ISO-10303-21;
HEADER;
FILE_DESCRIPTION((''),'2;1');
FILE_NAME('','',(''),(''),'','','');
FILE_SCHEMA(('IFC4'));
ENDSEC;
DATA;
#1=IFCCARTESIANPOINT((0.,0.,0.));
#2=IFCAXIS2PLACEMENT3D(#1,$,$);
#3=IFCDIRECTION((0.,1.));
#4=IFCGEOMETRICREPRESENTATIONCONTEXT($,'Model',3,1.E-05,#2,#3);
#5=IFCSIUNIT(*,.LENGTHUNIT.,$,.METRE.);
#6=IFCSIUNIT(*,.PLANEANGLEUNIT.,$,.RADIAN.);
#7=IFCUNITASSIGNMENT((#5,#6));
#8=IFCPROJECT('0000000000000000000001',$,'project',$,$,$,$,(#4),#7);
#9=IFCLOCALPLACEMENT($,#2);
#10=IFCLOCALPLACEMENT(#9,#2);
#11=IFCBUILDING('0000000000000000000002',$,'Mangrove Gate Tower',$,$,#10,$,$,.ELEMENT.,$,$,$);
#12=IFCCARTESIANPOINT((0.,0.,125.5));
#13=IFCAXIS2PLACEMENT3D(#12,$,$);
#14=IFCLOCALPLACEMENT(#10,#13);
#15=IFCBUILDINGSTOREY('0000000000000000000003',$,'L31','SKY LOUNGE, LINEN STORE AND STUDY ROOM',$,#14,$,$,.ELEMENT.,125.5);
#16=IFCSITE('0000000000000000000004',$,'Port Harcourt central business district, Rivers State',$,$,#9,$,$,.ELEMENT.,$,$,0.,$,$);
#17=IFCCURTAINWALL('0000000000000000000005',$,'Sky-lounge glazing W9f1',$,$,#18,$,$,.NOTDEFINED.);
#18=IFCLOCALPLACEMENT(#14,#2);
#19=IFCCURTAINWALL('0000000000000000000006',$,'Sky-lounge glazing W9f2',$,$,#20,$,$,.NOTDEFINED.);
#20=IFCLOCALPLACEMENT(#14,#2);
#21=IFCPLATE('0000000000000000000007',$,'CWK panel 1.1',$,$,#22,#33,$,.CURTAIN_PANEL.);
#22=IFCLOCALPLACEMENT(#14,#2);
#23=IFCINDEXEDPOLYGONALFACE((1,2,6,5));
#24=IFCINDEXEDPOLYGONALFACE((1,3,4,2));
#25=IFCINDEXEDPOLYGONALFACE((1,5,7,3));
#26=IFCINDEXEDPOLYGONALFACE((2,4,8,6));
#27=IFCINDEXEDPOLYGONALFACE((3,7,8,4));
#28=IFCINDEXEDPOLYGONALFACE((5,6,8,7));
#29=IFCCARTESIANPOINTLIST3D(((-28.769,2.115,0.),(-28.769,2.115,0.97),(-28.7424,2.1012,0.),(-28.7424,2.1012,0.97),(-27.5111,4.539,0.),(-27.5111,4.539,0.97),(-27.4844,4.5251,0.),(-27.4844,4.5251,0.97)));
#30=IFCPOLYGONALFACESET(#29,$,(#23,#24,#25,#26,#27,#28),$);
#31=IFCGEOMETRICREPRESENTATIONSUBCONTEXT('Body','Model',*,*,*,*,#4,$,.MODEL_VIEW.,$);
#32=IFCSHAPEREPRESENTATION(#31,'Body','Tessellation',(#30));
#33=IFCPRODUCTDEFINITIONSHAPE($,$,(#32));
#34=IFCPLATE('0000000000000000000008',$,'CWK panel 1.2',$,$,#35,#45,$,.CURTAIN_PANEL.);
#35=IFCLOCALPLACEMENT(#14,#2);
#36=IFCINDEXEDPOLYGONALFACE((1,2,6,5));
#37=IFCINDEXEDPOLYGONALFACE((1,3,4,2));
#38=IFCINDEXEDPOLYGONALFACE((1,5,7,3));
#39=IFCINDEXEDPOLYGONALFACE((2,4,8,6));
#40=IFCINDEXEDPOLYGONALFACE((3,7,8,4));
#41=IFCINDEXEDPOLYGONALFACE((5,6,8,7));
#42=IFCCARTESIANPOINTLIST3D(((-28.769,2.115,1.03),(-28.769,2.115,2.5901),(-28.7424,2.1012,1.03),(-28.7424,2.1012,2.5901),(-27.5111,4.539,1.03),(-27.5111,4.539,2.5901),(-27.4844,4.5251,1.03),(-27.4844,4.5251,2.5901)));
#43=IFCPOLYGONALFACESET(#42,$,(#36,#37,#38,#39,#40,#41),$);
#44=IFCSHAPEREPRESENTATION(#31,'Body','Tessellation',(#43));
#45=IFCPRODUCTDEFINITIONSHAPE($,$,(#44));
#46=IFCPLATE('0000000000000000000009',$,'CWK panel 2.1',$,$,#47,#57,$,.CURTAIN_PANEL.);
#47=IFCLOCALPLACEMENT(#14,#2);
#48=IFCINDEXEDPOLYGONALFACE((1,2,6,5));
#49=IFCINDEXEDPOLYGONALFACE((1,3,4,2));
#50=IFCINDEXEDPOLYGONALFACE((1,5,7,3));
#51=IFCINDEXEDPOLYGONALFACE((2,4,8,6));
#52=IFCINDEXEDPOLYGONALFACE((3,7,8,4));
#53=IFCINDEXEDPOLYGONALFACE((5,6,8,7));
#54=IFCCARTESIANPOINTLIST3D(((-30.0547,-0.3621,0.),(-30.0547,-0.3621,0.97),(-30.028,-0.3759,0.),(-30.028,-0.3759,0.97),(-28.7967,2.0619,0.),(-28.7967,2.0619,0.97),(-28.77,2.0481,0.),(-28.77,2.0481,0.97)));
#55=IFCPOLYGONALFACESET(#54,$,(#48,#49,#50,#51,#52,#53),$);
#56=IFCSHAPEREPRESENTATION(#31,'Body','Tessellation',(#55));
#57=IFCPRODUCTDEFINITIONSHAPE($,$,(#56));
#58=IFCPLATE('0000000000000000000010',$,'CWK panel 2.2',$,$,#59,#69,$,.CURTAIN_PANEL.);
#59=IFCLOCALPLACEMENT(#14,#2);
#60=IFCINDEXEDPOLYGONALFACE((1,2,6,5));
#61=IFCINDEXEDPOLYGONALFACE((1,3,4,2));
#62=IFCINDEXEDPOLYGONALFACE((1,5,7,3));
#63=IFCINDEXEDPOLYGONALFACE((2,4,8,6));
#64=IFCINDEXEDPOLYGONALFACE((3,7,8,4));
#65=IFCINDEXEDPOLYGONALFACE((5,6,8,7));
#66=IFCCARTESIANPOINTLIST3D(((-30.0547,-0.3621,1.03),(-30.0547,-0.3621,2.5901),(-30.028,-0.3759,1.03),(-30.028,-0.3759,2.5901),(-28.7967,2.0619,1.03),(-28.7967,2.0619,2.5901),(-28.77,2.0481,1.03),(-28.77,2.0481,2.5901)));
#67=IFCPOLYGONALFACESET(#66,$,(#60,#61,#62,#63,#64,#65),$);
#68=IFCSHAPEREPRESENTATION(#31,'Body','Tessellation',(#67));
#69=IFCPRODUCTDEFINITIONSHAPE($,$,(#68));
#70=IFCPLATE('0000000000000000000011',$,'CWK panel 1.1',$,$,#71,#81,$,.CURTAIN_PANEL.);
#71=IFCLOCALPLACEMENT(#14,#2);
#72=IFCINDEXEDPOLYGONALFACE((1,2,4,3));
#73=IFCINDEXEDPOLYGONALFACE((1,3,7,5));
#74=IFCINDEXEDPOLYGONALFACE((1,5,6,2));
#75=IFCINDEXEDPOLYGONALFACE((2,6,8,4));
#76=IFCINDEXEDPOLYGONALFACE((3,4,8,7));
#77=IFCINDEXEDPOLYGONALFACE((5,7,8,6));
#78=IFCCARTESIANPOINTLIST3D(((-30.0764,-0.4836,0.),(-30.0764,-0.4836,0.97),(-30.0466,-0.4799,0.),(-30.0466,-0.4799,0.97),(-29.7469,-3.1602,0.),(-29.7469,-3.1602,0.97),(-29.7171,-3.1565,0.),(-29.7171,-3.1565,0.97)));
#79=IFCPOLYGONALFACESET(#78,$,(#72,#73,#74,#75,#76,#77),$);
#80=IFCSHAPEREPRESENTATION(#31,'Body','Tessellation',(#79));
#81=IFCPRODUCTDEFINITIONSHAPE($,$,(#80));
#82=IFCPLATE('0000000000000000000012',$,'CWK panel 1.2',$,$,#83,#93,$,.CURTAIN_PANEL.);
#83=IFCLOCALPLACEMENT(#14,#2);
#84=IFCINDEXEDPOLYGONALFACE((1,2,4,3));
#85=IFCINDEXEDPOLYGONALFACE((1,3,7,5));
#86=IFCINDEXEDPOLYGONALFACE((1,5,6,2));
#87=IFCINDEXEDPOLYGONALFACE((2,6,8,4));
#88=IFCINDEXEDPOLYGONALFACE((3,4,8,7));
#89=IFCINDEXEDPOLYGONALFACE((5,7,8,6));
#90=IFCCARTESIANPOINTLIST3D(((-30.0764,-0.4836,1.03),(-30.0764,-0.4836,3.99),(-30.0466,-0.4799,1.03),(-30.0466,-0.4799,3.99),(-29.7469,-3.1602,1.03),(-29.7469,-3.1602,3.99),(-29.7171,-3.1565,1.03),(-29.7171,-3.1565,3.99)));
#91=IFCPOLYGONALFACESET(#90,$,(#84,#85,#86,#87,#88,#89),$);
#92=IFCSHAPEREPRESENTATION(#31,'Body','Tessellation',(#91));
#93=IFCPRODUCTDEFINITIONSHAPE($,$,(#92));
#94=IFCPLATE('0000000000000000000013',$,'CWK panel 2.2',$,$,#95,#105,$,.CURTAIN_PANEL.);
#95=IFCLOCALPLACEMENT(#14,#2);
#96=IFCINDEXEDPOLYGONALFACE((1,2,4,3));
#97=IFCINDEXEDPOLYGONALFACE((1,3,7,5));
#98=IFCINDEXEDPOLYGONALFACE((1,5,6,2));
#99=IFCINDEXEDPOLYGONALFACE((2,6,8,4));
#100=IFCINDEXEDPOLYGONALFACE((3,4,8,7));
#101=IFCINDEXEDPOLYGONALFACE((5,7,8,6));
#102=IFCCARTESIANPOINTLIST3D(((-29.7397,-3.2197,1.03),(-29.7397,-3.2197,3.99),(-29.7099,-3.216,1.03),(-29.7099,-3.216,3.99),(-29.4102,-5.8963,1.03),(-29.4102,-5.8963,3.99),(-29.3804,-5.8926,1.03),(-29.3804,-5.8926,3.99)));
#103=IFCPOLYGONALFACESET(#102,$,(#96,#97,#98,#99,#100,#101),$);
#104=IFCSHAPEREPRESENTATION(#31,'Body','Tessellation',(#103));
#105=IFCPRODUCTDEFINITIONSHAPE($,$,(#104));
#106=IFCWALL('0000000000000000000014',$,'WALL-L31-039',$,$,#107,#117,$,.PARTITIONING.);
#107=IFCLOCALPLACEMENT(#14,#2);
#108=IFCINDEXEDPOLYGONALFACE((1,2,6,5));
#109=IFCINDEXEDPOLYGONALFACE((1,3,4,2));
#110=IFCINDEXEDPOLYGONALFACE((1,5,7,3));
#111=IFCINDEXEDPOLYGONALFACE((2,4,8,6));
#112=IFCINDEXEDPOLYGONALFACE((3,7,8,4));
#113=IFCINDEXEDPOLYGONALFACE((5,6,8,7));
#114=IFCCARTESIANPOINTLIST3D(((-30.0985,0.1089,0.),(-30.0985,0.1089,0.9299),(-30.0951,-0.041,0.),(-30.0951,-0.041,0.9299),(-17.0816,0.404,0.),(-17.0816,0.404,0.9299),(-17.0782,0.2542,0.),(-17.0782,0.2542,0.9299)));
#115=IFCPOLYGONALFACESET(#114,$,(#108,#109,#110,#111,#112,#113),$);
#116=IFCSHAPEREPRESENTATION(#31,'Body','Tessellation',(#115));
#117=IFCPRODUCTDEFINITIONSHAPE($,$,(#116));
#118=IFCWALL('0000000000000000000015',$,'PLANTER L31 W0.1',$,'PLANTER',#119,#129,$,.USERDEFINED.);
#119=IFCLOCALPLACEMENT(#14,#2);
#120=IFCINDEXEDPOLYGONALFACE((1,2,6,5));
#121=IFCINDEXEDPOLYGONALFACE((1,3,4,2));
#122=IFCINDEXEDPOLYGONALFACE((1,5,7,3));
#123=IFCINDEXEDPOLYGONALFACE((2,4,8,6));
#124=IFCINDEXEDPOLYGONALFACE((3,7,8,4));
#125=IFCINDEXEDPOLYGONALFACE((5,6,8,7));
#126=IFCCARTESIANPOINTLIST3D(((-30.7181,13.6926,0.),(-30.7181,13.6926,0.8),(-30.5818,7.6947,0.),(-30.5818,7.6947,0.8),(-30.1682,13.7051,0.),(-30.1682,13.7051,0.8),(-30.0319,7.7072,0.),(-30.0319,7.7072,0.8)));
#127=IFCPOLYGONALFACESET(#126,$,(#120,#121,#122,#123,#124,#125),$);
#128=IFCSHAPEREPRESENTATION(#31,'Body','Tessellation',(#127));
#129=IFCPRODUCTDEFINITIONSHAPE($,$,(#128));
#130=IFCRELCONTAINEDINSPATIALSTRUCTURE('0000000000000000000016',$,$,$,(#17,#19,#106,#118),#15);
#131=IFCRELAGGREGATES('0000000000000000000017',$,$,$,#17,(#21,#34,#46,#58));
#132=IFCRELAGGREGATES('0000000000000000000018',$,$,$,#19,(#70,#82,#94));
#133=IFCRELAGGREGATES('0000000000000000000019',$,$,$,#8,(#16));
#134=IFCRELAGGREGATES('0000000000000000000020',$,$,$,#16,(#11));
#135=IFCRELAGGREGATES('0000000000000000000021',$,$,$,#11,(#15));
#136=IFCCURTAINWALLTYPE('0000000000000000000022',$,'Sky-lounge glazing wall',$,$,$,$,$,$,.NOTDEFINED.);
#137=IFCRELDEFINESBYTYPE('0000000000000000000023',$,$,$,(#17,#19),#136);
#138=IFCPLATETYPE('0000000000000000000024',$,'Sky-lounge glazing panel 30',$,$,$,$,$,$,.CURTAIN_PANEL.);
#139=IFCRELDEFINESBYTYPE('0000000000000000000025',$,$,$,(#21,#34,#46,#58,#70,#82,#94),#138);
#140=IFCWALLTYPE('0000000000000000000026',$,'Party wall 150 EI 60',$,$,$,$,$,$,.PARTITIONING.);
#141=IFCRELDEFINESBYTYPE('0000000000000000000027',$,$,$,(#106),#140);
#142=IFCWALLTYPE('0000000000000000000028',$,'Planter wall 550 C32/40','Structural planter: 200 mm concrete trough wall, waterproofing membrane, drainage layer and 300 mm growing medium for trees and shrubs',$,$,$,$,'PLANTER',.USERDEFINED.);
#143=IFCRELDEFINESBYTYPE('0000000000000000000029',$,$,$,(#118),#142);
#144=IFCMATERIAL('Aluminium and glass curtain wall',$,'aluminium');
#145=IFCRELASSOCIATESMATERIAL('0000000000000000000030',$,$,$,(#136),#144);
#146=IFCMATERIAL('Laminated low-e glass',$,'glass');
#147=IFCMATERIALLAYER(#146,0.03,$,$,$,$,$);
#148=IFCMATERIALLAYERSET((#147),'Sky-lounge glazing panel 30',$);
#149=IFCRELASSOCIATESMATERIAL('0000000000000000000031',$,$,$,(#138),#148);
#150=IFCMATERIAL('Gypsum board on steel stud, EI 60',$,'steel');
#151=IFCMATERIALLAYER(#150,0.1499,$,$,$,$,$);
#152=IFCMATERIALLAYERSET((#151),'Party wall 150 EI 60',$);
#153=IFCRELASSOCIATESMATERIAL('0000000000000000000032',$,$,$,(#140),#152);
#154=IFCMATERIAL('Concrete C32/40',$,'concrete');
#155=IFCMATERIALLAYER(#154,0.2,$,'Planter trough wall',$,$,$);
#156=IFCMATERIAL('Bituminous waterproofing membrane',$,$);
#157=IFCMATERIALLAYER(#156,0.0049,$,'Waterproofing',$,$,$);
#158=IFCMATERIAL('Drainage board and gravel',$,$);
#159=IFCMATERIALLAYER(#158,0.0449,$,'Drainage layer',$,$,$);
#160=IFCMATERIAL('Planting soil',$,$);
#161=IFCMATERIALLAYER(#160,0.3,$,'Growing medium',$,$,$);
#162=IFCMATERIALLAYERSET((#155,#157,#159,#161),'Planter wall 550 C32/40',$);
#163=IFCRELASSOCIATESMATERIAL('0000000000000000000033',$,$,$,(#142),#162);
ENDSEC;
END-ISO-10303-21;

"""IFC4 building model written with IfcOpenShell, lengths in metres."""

from ifc_helpers import new_model, si_unit, direction, frame, frame_2d, origin, origin_2d, place, context, subcontext, project, spatial, rectangle, extrude, material, layer, layer_set, type_object, element, aggregate, save


model = new_model("IFC4")

# Units and contexts
model_context = context("Model", 3, precision=1e-05, world=origin(), true_north=direction((0.0, 1.0)))
body_context = subcontext(model_context, "Body", "Model", "MODEL_VIEW")
ifc_project = project(units=[si_unit("LENGTHUNIT", "METRE"), si_unit("PLANEANGLEUNIT", "RADIAN")], contexts=[model_context])

# Site, building, storey
site_placement = place(None, origin())
site = spatial("IfcSite", under=ifc_project, at=site_placement, Name="Port Harcourt central business district, Rivers State", CompositionType="ELEMENT", RefElevation=0.0)
building_placement = place(site_placement, origin())
building = spatial("IfcBuilding", under=site, at=building_placement, Name="Mangrove Gate Tower", CompositionType="ELEMENT")
storey_placement = place(building_placement, frame((0.0, 0.0, 125.5)))
storey = spatial("IfcBuildingStorey", under=building, at=storey_placement, Name="L31", Description="SKY LOUNGE, LINEN STORE AND STUDY ROOM", CompositionType="ELEMENT", Elevation=125.5)

# Curtain walls
ifc_material_1 = material(Name="Aluminium and glass curtain wall", Category="aluminium")
curtain_wall_type = type_object("IfcCurtainWallType", Name="Sky-lounge glazing wall", PredefinedType="NOTDEFINED", material=ifc_material_1)
curtain_wall_1_placement = place(storey_placement, origin())
curtain_wall_1 = element("IfcCurtainWall", 1, at=curtain_wall_1_placement, inside=storey, type_object=curtain_wall_type, Name="Sky-lounge glazing W9f1", PredefinedType="NOTDEFINED")
curtain_wall_2_placement = place(storey_placement, origin())
curtain_wall_2 = element("IfcCurtainWall", 2, at=curtain_wall_2_placement, inside=storey, type_object=curtain_wall_type, Name="Sky-lounge glazing W9f2", PredefinedType="NOTDEFINED")

# Plates
ifc_material_2 = material(Name="Laminated low-e glass", Category="glass")
ifc_layer_1 = layer(ifc_material_2, 0.03)
ifc_layer_set_1 = layer_set([ifc_layer_1], Name="Sky-lounge glazing panel 30")
plate_type = type_object("IfcPlateType", Name="Sky-lounge glazing panel 30", PredefinedType="CURTAIN_PANEL", material=ifc_layer_set_1)
plate_1_placement = place(storey_placement, frame((-28.1267, 3.3201, 0.0), z_axis=(0.0, 0.0, 1.0), x_axis=(-0.460628, -0.887593, 0.0)))
plate_1 = element("IfcPlate", 3, at=plate_1_placement, type_object=plate_type, Name="CWK panel 1.1", PredefinedType="CURTAIN_PANEL", context=body_context, shape_type="SweptSolid", body=[
    extrude(rectangle(XDim=2.731, YDim=0.03, at=origin_2d()), origin(), (0.0, 0.0, 1.0), 0.97),
])
plate_2_placement = place(storey_placement, frame((-28.1267, 3.3201, 1.03), z_axis=(0.0, 0.0, 1.0), x_axis=(-0.460628, -0.887593, 0.0)))
plate_2 = element("IfcPlate", 4, at=plate_2_placement, type_object=plate_type, Name="CWK panel 1.2", PredefinedType="CURTAIN_PANEL", context=body_context, shape_type="SweptSolid", body=[
    extrude(rectangle(XDim=2.731, YDim=0.03, at=origin_2d()), origin(), (0.0, 0.0, 1.0), 1.5601),
])
plate_3_placement = place(storey_placement, frame((-29.4124, 0.843, 0.0), z_axis=(0.0, 0.0, 1.0), x_axis=(-0.460628, -0.887593, 0.0)))
plate_3 = element("IfcPlate", 5, at=plate_3_placement, type_object=plate_type, Name="CWK panel 2.1", PredefinedType="CURTAIN_PANEL", context=body_context, shape_type="SweptSolid", body=[
    extrude(rectangle(XDim=2.731, YDim=0.03, at=origin_2d()), origin(), (0.0, 0.0, 1.0), 0.97),
])
plate_4_placement = place(storey_placement, frame((-29.4124, 0.843, 1.03), z_axis=(0.0, 0.0, 1.0), x_axis=(-0.460628, -0.887593, 0.0)))
plate_4 = element("IfcPlate", 6, at=plate_4_placement, type_object=plate_type, Name="CWK panel 2.2", PredefinedType="CURTAIN_PANEL", context=body_context, shape_type="SweptSolid", body=[
    extrude(rectangle(XDim=2.731, YDim=0.03, at=origin_2d()), origin(), (0.0, 0.0, 1.0), 1.5601),
])
aggregate(curtain_wall_1, [plate_1, plate_2, plate_3, plate_4])
plate_5_placement = place(storey_placement, frame((-29.8967, -1.8201, 0.0), z_axis=(0.0, 0.0, 1.0), x_axis=(0.122172, -0.992509, 0.0)))
plate_5 = element("IfcPlate", 7, at=plate_5_placement, type_object=plate_type, Name="CWK panel 1.1", PredefinedType="CURTAIN_PANEL", context=body_context, shape_type="SweptSolid", body=[
    extrude(rectangle(XDim=2.6968, YDim=0.03, at=origin_2d()), origin(), (0.0, 0.0, 1.0), 0.97),
])
plate_6_placement = place(storey_placement, frame((-29.8967, -1.8201, 1.03), z_axis=(0.0, 0.0, 1.0), x_axis=(0.122172, -0.992509, 0.0)))
plate_6 = element("IfcPlate", 8, at=plate_6_placement, type_object=plate_type, Name="CWK panel 1.2", PredefinedType="CURTAIN_PANEL", context=body_context, shape_type="SweptSolid", body=[
    extrude(rectangle(XDim=2.6968, YDim=0.03, at=origin_2d()), origin(), (0.0, 0.0, 1.0), 2.96),
])
plate_7_placement = place(storey_placement, frame((-29.5601, -4.5562, 1.03), z_axis=(0.0, 0.0, 1.0), x_axis=(0.122172, -0.992509, 0.0)))
plate_7 = element("IfcPlate", 9, at=plate_7_placement, type_object=plate_type, Name="CWK panel 2.2", PredefinedType="CURTAIN_PANEL", context=body_context, shape_type="SweptSolid", body=[
    extrude(rectangle(XDim=2.6968, YDim=0.03, at=origin_2d()), origin(), (0.0, 0.0, 1.0), 2.96),
])
aggregate(curtain_wall_2, [plate_5, plate_6, plate_7])

# Walls
ifc_material_3 = material(Name="Gypsum board on steel stud, EI 60", Category="steel")
ifc_layer_2 = layer(ifc_material_3, 0.1499)
ifc_layer_set_2 = layer_set([ifc_layer_2], Name="Party wall 150 EI 60")
wall_type_1 = type_object("IfcWallType", Name="Party wall 150 EI 60", PredefinedType="PARTITIONING", material=ifc_layer_set_2)
wall_1_placement = place(storey_placement, frame((-30.0969, 0.0339, 0.0), z_axis=(0.0, 0.0, 1.0), x_axis=(0.999743, 0.02267, 0.0)))
element("IfcWall", 10, at=wall_1_placement, inside=storey, type_object=wall_type_1, Name="WALL-L31-039", PredefinedType="PARTITIONING", context=body_context, shape_type="SweptSolid", body=[
    extrude(rectangle(XDim=13.0203, YDim=0.1499, at=frame_2d((6.5103, 0.0))), origin(), (0.0, 0.0, 1.0), 0.9299),
])
ifc_material_4 = material(Name="Concrete C32/40", Category="concrete")
ifc_layer_3 = layer(ifc_material_4, 0.2, Name="Planter trough wall")
ifc_material_5 = material(Name="Bituminous waterproofing membrane")
ifc_layer_4 = layer(ifc_material_5, 0.0049, Name="Waterproofing")
ifc_material_6 = material(Name="Drainage board and gravel")
ifc_layer_5 = layer(ifc_material_6, 0.0449, Name="Drainage layer")
ifc_material_7 = material(Name="Planting soil")
ifc_layer_6 = layer(ifc_material_7, 0.3, Name="Growing medium")
ifc_layer_set_3 = layer_set([ifc_layer_3, ifc_layer_4, ifc_layer_5, ifc_layer_6], Name="Planter wall 550 C32/40")
wall_type_2 = type_object("IfcWallType", Name="Planter wall 550 C32/40", Description="Structural planter: 200 mm concrete trough wall, waterproofing membrane, drainage layer and 300 mm growing medium for trees and shrubs", ElementType="PLANTER", PredefinedType="USERDEFINED", material=ifc_layer_set_3)
wall_2_placement = place(storey_placement, frame((-30.3069, 7.7009, 0.0), z_axis=(0.0, 0.0, 1.0), x_axis=(-0.022707, 0.999742, 0.0)))
element("IfcWall", 11, at=wall_2_placement, inside=storey, type_object=wall_type_2, Name="PLANTER L31 W0.1", ObjectType="PLANTER", PredefinedType="USERDEFINED", context=body_context, shape_type="SweptSolid", body=[
    extrude(rectangle(XDim=5.9995, YDim=0.55, at=frame_2d((2.9998, 0.0))), origin(), (0.0, 0.0, 1.0), 0.8),
])

save(model, "model.ifc")
